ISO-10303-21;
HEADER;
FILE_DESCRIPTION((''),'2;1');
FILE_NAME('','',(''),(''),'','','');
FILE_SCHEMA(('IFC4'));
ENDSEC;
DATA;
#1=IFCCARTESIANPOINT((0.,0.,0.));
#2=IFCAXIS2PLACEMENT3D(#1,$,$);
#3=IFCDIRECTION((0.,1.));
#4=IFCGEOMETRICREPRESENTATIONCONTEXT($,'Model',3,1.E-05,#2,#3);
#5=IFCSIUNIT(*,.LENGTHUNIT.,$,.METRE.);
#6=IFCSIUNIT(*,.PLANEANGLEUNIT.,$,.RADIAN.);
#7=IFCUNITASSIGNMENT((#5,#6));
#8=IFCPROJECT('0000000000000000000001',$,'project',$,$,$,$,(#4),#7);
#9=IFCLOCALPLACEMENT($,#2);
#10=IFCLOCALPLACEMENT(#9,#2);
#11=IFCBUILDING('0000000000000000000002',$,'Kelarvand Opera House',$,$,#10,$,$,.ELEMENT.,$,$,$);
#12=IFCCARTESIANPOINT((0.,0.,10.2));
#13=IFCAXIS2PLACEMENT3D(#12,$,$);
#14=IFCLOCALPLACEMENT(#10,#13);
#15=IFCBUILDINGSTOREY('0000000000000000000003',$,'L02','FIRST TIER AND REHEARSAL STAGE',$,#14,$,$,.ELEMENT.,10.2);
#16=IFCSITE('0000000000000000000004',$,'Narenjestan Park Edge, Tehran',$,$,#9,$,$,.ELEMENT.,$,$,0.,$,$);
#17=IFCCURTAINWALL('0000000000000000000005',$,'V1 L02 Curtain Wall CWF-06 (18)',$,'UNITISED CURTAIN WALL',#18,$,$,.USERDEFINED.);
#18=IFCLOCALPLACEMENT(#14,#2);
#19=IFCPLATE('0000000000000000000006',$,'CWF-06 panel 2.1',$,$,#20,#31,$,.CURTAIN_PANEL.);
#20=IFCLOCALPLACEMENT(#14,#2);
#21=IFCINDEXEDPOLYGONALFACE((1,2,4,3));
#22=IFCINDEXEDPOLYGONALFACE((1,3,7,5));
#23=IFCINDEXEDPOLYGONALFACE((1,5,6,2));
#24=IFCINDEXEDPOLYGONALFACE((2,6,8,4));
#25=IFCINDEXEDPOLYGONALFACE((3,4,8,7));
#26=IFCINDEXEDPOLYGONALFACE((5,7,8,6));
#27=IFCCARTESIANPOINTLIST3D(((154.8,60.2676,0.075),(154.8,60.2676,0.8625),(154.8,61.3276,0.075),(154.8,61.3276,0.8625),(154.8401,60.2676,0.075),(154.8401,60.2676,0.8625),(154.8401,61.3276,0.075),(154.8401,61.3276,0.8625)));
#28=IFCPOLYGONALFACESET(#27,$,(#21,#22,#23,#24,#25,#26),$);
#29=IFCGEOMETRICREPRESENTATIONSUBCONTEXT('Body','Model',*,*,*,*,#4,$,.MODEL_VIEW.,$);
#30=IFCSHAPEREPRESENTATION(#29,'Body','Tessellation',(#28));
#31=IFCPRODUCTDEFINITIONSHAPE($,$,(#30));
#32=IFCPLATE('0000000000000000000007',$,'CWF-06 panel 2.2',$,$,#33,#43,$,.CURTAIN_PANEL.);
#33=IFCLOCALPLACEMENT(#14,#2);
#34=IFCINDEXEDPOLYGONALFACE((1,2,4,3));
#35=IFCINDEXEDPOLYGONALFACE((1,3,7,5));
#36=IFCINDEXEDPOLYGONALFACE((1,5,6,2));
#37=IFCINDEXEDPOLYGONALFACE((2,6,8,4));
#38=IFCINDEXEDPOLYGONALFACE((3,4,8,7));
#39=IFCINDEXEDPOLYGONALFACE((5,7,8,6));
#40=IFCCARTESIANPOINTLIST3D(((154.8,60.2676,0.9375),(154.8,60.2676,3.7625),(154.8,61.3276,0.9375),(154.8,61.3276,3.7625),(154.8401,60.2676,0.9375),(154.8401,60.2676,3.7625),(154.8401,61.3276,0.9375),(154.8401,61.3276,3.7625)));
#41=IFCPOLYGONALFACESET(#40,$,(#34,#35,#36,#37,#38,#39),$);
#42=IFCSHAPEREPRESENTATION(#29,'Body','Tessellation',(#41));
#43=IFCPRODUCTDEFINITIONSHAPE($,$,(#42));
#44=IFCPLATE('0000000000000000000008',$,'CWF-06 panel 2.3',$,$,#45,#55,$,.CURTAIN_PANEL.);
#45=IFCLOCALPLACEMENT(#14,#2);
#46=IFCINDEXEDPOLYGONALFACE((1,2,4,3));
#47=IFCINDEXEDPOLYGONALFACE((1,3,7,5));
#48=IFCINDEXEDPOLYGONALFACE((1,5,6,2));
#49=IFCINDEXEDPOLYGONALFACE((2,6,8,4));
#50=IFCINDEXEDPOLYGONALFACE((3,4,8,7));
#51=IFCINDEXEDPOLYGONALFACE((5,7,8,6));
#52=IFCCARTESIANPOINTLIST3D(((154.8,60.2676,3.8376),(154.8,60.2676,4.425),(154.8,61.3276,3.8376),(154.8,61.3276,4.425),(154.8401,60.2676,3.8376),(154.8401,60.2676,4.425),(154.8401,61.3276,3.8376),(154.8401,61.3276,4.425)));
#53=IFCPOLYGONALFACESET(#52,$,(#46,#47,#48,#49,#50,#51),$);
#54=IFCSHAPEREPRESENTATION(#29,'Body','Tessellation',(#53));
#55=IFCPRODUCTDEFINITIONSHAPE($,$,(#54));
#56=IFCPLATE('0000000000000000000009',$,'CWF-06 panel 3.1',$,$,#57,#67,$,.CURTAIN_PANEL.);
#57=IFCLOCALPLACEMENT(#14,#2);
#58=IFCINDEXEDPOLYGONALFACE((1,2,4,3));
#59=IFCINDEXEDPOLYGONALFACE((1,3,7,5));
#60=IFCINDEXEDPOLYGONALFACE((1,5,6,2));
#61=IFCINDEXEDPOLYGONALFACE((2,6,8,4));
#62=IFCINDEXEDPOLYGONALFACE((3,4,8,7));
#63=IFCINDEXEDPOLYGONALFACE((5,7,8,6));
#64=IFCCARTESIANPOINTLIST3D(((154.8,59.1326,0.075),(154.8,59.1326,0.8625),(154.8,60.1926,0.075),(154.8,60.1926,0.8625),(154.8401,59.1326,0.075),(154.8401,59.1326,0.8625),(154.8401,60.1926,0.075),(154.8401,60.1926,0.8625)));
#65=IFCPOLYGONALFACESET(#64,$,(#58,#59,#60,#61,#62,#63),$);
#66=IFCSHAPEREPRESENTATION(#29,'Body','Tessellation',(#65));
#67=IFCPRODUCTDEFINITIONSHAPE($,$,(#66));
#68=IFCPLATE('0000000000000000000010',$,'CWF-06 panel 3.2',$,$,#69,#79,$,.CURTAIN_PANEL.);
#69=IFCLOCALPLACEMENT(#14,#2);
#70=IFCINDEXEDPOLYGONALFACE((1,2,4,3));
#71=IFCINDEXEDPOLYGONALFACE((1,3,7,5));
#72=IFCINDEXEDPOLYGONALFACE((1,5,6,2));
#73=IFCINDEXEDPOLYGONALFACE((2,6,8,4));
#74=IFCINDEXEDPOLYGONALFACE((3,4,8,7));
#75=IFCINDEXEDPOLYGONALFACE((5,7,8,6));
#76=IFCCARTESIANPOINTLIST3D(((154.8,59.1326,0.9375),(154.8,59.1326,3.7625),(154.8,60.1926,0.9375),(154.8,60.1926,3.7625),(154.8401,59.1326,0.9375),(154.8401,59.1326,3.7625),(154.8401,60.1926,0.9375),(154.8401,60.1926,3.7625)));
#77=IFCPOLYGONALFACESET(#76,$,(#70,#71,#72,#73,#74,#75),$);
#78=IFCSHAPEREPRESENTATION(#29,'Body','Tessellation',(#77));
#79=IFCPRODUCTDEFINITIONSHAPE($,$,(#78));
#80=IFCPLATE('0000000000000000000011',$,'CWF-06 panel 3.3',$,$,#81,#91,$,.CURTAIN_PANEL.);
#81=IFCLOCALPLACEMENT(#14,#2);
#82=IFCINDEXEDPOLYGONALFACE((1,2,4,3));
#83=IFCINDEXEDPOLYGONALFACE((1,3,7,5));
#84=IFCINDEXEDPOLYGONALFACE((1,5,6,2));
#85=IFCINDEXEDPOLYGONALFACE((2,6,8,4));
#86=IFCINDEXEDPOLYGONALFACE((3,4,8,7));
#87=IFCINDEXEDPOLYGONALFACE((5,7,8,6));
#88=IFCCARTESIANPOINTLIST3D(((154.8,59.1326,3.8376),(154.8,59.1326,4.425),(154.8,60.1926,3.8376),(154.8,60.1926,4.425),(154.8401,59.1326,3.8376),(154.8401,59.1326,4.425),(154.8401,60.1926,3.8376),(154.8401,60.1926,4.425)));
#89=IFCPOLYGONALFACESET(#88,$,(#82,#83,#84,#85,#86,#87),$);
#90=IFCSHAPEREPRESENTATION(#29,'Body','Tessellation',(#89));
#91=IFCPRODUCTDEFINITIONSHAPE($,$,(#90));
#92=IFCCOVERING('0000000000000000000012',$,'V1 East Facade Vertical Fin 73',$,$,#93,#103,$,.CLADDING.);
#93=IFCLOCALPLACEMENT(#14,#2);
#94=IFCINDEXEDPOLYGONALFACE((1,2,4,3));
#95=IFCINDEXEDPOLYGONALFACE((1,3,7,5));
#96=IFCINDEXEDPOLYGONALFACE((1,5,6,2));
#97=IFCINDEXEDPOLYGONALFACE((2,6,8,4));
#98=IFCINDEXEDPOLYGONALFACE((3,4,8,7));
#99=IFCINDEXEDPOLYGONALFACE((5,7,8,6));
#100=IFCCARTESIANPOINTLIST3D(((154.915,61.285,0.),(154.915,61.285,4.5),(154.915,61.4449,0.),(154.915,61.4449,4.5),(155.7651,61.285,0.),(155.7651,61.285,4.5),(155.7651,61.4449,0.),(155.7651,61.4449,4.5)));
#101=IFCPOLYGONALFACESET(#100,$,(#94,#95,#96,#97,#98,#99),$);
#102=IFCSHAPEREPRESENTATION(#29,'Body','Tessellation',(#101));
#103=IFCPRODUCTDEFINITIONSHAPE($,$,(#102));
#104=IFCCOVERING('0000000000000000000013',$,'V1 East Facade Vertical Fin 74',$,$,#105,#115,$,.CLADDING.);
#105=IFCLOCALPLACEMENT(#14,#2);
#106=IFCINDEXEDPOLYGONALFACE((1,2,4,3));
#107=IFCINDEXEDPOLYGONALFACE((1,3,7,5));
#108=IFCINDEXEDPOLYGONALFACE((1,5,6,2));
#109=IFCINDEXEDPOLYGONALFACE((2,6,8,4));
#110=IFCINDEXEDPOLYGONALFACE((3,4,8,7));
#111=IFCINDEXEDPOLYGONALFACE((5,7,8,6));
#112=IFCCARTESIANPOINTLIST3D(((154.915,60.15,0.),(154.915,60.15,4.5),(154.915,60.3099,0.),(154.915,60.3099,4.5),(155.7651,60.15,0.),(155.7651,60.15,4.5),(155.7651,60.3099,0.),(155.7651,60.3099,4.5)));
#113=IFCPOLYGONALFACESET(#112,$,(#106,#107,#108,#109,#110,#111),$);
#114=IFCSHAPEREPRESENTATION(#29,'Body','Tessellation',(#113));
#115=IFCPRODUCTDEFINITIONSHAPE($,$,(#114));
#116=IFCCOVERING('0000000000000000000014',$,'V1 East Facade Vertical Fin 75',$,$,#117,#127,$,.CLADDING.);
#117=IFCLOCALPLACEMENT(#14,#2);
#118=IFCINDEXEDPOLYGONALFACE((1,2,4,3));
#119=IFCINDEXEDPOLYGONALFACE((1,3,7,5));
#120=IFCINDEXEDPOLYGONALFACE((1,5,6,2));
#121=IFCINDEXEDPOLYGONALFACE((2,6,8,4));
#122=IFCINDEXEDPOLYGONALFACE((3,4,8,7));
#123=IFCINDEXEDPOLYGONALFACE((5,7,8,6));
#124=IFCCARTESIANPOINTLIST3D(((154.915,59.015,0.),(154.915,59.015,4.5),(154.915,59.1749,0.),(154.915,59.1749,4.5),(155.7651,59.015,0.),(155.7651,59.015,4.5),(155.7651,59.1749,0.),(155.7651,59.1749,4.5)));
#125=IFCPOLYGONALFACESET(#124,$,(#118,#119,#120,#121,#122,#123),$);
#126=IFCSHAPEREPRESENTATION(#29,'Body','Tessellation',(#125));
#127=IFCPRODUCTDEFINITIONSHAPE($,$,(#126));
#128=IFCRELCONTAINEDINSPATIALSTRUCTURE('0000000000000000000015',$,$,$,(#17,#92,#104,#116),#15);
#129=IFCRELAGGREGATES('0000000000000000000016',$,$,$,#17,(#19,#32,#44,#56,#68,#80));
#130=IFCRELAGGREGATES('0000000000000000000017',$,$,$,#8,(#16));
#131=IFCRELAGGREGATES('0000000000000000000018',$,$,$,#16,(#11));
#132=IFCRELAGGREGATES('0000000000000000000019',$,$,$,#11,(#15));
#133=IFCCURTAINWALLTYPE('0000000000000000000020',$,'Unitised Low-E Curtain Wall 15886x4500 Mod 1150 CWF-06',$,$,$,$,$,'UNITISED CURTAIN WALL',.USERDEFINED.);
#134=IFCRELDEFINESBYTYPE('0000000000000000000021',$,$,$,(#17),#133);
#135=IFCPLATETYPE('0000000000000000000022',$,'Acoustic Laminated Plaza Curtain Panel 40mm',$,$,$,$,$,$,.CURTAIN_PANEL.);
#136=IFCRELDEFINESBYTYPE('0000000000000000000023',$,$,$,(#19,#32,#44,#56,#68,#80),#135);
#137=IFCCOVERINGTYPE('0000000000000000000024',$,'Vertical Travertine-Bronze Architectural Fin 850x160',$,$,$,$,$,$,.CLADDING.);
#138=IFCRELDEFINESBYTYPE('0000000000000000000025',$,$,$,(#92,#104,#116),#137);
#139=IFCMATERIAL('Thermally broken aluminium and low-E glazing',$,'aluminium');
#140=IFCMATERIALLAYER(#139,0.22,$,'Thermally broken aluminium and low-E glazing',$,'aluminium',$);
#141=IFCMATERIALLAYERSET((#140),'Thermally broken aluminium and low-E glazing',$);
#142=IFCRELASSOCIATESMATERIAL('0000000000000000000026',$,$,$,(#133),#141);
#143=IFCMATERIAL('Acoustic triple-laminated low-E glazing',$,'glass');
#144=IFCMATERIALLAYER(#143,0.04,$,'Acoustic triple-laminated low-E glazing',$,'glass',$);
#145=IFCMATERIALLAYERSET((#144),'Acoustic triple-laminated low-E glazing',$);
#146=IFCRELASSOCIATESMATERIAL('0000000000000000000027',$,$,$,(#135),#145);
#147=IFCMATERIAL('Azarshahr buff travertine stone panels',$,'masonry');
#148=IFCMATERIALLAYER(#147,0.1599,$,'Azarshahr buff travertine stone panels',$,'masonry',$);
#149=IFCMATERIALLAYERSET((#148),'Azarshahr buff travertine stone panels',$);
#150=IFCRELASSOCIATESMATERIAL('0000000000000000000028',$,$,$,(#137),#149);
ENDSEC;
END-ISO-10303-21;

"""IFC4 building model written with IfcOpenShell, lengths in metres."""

from ifc_helpers import new_model, si_unit, direction, frame, origin, origin_2d, place, context, subcontext, project, spatial, rectangle, extrude, material, layer, layer_set, type_object, element, aggregate, save


model = new_model("IFC4")

# Units and contexts
model_context = context("Model", 3, precision=1e-05, world=origin(), true_north=direction((0.0, 1.0)))
body_context = subcontext(model_context, "Body", "Model", "MODEL_VIEW")
ifc_project = project(units=[si_unit("LENGTHUNIT", "METRE"), si_unit("PLANEANGLEUNIT", "RADIAN")], contexts=[model_context])

# Site, building, storey
site_placement = place(None, origin())
site = spatial("IfcSite", under=ifc_project, at=site_placement, Name="Narenjestan Park Edge, Tehran", CompositionType="ELEMENT", RefElevation=0.0)
building_placement = place(site_placement, origin())
building = spatial("IfcBuilding", under=site, at=building_placement, Name="Kelarvand Opera House", CompositionType="ELEMENT")
storey_placement = place(building_placement, frame((0.0, 0.0, 10.2)))
storey = spatial("IfcBuildingStorey", under=building, at=storey_placement, Name="L02", Description="FIRST TIER AND REHEARSAL STAGE", CompositionType="ELEMENT", Elevation=10.2)

# Curtain wall, plates
ifc_material_1 = material(Name="Thermally broken aluminium and low-E glazing", Category="aluminium")
ifc_layer_1 = layer(ifc_material_1, 0.22, Name="Thermally broken aluminium and low-E glazing", Category="aluminium")
ifc_layer_set_1 = layer_set([ifc_layer_1], Name="Thermally broken aluminium and low-E glazing")
curtain_wall_type = type_object("IfcCurtainWallType", Name="Unitised Low-E Curtain Wall 15886x4500 Mod 1150 CWF-06", ElementType="UNITISED CURTAIN WALL", PredefinedType="USERDEFINED", material=ifc_layer_set_1)
curtain_wall_placement = place(storey_placement, origin())
curtain_wall = element("IfcCurtainWall", 1, at=curtain_wall_placement, inside=storey, type_object=curtain_wall_type, Name="V1 L02 Curtain Wall CWF-06 (18)", ObjectType="UNITISED CURTAIN WALL", PredefinedType="USERDEFINED")
ifc_material_2 = material(Name="Acoustic triple-laminated low-E glazing", Category="glass")
ifc_layer_2 = layer(ifc_material_2, 0.04, Name="Acoustic triple-laminated low-E glazing", Category="glass")
ifc_layer_set_2 = layer_set([ifc_layer_2], Name="Acoustic triple-laminated low-E glazing")
plate_type = type_object("IfcPlateType", Name="Acoustic Laminated Plaza Curtain Panel 40mm", PredefinedType="CURTAIN_PANEL", material=ifc_layer_set_2)
plate_1_placement = place(storey_placement, frame((154.8201, 60.7976, 0.075), z_axis=(0.0, 0.0, 1.0), x_axis=(0.0, -1.0, 0.0)))
plate_1 = element("IfcPlate", 2, at=plate_1_placement, type_object=plate_type, Name="CWF-06 panel 2.1", PredefinedType="CURTAIN_PANEL", context=body_context, shape_type="SweptSolid", body=[
    extrude(rectangle(XDim=1.0601, YDim=0.04, at=origin_2d()), origin(), (0.0, 0.0, 1.0), 0.7876),
])
plate_2_placement = place(storey_placement, frame((154.8201, 60.7976, 0.9375), z_axis=(0.0, 0.0, 1.0), x_axis=(0.0, -1.0, 0.0)))
plate_2 = element("IfcPlate", 3, at=plate_2_placement, type_object=plate_type, Name="CWF-06 panel 2.2", PredefinedType="CURTAIN_PANEL", context=body_context, shape_type="SweptSolid", body=[
    extrude(rectangle(XDim=1.0601, YDim=0.04, at=origin_2d()), origin(), (0.0, 0.0, 1.0), 2.825),
])
plate_3_placement = place(storey_placement, frame((154.8201, 60.7976, 3.8376), z_axis=(0.0, 0.0, 1.0), x_axis=(0.0, -1.0, 0.0)))
plate_3 = element("IfcPlate", 4, at=plate_3_placement, type_object=plate_type, Name="CWF-06 panel 2.3", PredefinedType="CURTAIN_PANEL", context=body_context, shape_type="SweptSolid", body=[
    extrude(rectangle(XDim=1.0601, YDim=0.04, at=origin_2d()), origin(), (0.0, 0.0, 1.0), 0.5874),
])
plate_4_placement = place(storey_placement, frame((154.8201, 59.6626, 0.075), z_axis=(0.0, 0.0, 1.0), x_axis=(0.0, -1.0, 0.0)))
plate_4 = element("IfcPlate", 5, at=plate_4_placement, type_object=plate_type, Name="CWF-06 panel 3.1", PredefinedType="CURTAIN_PANEL", context=body_context, shape_type="SweptSolid", body=[
    extrude(rectangle(XDim=1.0601, YDim=0.04, at=origin_2d()), origin(), (0.0, 0.0, 1.0), 0.7876),
])
plate_5_placement = place(storey_placement, frame((154.8201, 59.6626, 0.9375), z_axis=(0.0, 0.0, 1.0), x_axis=(0.0, -1.0, 0.0)))
plate_5 = element("IfcPlate", 6, at=plate_5_placement, type_object=plate_type, Name="CWF-06 panel 3.2", PredefinedType="CURTAIN_PANEL", context=body_context, shape_type="SweptSolid", body=[
    extrude(rectangle(XDim=1.0601, YDim=0.04, at=origin_2d()), origin(), (0.0, 0.0, 1.0), 2.825),
])
plate_6_placement = place(storey_placement, frame((154.8201, 59.6626, 3.8376), z_axis=(0.0, 0.0, 1.0), x_axis=(0.0, -1.0, 0.0)))
plate_6 = element("IfcPlate", 7, at=plate_6_placement, type_object=plate_type, Name="CWF-06 panel 3.3", PredefinedType="CURTAIN_PANEL", context=body_context, shape_type="SweptSolid", body=[
    extrude(rectangle(XDim=1.0601, YDim=0.04, at=origin_2d()), origin(), (0.0, 0.0, 1.0), 0.5874),
])
aggregate(curtain_wall, [plate_1, plate_2, plate_3, plate_4, plate_5, plate_6])

# Coverings
ifc_material_3 = material(Name="Azarshahr buff travertine stone panels", Category="masonry")
ifc_layer_3 = layer(ifc_material_3, 0.1599, Name="Azarshahr buff travertine stone panels", Category="masonry")
ifc_layer_set_3 = layer_set([ifc_layer_3], Name="Azarshahr buff travertine stone panels")
covering_type = type_object("IfcCoveringType", Name="Vertical Travertine-Bronze Architectural Fin 850x160", PredefinedType="CLADDING", material=ifc_layer_set_3)
for number, where, z_axis, x_axis, name in (
    (8, (155.3401, 61.365, 0.0), (0.0, 0.0, 1.0), (1.0, 0.0, 0.0), "V1 East Facade Vertical Fin 73"),
    (9, (155.3401, 60.23, 0.0), (0.0, 0.0, 1.0), (1.0, 0.0, 0.0), "V1 East Facade Vertical Fin 74"),
    (10, (155.3401, 59.095, 0.0), (0.0, 0.0, 1.0), (1.0, 0.0, 0.0), "V1 East Facade Vertical Fin 75"),
):
    element("IfcCovering", number, at=place(storey_placement, frame(where, z_axis=z_axis, x_axis=x_axis)), inside=storey, type_object=covering_type, Name=name, PredefinedType="CLADDING", context=body_context, shape_type="SweptSolid", body=[
        extrude(rectangle(XDim=0.8501, YDim=0.1599, at=origin_2d()), origin(), (0.0, 0.0, 1.0), 4.5),
    ])

save(model, "model.ifc")
